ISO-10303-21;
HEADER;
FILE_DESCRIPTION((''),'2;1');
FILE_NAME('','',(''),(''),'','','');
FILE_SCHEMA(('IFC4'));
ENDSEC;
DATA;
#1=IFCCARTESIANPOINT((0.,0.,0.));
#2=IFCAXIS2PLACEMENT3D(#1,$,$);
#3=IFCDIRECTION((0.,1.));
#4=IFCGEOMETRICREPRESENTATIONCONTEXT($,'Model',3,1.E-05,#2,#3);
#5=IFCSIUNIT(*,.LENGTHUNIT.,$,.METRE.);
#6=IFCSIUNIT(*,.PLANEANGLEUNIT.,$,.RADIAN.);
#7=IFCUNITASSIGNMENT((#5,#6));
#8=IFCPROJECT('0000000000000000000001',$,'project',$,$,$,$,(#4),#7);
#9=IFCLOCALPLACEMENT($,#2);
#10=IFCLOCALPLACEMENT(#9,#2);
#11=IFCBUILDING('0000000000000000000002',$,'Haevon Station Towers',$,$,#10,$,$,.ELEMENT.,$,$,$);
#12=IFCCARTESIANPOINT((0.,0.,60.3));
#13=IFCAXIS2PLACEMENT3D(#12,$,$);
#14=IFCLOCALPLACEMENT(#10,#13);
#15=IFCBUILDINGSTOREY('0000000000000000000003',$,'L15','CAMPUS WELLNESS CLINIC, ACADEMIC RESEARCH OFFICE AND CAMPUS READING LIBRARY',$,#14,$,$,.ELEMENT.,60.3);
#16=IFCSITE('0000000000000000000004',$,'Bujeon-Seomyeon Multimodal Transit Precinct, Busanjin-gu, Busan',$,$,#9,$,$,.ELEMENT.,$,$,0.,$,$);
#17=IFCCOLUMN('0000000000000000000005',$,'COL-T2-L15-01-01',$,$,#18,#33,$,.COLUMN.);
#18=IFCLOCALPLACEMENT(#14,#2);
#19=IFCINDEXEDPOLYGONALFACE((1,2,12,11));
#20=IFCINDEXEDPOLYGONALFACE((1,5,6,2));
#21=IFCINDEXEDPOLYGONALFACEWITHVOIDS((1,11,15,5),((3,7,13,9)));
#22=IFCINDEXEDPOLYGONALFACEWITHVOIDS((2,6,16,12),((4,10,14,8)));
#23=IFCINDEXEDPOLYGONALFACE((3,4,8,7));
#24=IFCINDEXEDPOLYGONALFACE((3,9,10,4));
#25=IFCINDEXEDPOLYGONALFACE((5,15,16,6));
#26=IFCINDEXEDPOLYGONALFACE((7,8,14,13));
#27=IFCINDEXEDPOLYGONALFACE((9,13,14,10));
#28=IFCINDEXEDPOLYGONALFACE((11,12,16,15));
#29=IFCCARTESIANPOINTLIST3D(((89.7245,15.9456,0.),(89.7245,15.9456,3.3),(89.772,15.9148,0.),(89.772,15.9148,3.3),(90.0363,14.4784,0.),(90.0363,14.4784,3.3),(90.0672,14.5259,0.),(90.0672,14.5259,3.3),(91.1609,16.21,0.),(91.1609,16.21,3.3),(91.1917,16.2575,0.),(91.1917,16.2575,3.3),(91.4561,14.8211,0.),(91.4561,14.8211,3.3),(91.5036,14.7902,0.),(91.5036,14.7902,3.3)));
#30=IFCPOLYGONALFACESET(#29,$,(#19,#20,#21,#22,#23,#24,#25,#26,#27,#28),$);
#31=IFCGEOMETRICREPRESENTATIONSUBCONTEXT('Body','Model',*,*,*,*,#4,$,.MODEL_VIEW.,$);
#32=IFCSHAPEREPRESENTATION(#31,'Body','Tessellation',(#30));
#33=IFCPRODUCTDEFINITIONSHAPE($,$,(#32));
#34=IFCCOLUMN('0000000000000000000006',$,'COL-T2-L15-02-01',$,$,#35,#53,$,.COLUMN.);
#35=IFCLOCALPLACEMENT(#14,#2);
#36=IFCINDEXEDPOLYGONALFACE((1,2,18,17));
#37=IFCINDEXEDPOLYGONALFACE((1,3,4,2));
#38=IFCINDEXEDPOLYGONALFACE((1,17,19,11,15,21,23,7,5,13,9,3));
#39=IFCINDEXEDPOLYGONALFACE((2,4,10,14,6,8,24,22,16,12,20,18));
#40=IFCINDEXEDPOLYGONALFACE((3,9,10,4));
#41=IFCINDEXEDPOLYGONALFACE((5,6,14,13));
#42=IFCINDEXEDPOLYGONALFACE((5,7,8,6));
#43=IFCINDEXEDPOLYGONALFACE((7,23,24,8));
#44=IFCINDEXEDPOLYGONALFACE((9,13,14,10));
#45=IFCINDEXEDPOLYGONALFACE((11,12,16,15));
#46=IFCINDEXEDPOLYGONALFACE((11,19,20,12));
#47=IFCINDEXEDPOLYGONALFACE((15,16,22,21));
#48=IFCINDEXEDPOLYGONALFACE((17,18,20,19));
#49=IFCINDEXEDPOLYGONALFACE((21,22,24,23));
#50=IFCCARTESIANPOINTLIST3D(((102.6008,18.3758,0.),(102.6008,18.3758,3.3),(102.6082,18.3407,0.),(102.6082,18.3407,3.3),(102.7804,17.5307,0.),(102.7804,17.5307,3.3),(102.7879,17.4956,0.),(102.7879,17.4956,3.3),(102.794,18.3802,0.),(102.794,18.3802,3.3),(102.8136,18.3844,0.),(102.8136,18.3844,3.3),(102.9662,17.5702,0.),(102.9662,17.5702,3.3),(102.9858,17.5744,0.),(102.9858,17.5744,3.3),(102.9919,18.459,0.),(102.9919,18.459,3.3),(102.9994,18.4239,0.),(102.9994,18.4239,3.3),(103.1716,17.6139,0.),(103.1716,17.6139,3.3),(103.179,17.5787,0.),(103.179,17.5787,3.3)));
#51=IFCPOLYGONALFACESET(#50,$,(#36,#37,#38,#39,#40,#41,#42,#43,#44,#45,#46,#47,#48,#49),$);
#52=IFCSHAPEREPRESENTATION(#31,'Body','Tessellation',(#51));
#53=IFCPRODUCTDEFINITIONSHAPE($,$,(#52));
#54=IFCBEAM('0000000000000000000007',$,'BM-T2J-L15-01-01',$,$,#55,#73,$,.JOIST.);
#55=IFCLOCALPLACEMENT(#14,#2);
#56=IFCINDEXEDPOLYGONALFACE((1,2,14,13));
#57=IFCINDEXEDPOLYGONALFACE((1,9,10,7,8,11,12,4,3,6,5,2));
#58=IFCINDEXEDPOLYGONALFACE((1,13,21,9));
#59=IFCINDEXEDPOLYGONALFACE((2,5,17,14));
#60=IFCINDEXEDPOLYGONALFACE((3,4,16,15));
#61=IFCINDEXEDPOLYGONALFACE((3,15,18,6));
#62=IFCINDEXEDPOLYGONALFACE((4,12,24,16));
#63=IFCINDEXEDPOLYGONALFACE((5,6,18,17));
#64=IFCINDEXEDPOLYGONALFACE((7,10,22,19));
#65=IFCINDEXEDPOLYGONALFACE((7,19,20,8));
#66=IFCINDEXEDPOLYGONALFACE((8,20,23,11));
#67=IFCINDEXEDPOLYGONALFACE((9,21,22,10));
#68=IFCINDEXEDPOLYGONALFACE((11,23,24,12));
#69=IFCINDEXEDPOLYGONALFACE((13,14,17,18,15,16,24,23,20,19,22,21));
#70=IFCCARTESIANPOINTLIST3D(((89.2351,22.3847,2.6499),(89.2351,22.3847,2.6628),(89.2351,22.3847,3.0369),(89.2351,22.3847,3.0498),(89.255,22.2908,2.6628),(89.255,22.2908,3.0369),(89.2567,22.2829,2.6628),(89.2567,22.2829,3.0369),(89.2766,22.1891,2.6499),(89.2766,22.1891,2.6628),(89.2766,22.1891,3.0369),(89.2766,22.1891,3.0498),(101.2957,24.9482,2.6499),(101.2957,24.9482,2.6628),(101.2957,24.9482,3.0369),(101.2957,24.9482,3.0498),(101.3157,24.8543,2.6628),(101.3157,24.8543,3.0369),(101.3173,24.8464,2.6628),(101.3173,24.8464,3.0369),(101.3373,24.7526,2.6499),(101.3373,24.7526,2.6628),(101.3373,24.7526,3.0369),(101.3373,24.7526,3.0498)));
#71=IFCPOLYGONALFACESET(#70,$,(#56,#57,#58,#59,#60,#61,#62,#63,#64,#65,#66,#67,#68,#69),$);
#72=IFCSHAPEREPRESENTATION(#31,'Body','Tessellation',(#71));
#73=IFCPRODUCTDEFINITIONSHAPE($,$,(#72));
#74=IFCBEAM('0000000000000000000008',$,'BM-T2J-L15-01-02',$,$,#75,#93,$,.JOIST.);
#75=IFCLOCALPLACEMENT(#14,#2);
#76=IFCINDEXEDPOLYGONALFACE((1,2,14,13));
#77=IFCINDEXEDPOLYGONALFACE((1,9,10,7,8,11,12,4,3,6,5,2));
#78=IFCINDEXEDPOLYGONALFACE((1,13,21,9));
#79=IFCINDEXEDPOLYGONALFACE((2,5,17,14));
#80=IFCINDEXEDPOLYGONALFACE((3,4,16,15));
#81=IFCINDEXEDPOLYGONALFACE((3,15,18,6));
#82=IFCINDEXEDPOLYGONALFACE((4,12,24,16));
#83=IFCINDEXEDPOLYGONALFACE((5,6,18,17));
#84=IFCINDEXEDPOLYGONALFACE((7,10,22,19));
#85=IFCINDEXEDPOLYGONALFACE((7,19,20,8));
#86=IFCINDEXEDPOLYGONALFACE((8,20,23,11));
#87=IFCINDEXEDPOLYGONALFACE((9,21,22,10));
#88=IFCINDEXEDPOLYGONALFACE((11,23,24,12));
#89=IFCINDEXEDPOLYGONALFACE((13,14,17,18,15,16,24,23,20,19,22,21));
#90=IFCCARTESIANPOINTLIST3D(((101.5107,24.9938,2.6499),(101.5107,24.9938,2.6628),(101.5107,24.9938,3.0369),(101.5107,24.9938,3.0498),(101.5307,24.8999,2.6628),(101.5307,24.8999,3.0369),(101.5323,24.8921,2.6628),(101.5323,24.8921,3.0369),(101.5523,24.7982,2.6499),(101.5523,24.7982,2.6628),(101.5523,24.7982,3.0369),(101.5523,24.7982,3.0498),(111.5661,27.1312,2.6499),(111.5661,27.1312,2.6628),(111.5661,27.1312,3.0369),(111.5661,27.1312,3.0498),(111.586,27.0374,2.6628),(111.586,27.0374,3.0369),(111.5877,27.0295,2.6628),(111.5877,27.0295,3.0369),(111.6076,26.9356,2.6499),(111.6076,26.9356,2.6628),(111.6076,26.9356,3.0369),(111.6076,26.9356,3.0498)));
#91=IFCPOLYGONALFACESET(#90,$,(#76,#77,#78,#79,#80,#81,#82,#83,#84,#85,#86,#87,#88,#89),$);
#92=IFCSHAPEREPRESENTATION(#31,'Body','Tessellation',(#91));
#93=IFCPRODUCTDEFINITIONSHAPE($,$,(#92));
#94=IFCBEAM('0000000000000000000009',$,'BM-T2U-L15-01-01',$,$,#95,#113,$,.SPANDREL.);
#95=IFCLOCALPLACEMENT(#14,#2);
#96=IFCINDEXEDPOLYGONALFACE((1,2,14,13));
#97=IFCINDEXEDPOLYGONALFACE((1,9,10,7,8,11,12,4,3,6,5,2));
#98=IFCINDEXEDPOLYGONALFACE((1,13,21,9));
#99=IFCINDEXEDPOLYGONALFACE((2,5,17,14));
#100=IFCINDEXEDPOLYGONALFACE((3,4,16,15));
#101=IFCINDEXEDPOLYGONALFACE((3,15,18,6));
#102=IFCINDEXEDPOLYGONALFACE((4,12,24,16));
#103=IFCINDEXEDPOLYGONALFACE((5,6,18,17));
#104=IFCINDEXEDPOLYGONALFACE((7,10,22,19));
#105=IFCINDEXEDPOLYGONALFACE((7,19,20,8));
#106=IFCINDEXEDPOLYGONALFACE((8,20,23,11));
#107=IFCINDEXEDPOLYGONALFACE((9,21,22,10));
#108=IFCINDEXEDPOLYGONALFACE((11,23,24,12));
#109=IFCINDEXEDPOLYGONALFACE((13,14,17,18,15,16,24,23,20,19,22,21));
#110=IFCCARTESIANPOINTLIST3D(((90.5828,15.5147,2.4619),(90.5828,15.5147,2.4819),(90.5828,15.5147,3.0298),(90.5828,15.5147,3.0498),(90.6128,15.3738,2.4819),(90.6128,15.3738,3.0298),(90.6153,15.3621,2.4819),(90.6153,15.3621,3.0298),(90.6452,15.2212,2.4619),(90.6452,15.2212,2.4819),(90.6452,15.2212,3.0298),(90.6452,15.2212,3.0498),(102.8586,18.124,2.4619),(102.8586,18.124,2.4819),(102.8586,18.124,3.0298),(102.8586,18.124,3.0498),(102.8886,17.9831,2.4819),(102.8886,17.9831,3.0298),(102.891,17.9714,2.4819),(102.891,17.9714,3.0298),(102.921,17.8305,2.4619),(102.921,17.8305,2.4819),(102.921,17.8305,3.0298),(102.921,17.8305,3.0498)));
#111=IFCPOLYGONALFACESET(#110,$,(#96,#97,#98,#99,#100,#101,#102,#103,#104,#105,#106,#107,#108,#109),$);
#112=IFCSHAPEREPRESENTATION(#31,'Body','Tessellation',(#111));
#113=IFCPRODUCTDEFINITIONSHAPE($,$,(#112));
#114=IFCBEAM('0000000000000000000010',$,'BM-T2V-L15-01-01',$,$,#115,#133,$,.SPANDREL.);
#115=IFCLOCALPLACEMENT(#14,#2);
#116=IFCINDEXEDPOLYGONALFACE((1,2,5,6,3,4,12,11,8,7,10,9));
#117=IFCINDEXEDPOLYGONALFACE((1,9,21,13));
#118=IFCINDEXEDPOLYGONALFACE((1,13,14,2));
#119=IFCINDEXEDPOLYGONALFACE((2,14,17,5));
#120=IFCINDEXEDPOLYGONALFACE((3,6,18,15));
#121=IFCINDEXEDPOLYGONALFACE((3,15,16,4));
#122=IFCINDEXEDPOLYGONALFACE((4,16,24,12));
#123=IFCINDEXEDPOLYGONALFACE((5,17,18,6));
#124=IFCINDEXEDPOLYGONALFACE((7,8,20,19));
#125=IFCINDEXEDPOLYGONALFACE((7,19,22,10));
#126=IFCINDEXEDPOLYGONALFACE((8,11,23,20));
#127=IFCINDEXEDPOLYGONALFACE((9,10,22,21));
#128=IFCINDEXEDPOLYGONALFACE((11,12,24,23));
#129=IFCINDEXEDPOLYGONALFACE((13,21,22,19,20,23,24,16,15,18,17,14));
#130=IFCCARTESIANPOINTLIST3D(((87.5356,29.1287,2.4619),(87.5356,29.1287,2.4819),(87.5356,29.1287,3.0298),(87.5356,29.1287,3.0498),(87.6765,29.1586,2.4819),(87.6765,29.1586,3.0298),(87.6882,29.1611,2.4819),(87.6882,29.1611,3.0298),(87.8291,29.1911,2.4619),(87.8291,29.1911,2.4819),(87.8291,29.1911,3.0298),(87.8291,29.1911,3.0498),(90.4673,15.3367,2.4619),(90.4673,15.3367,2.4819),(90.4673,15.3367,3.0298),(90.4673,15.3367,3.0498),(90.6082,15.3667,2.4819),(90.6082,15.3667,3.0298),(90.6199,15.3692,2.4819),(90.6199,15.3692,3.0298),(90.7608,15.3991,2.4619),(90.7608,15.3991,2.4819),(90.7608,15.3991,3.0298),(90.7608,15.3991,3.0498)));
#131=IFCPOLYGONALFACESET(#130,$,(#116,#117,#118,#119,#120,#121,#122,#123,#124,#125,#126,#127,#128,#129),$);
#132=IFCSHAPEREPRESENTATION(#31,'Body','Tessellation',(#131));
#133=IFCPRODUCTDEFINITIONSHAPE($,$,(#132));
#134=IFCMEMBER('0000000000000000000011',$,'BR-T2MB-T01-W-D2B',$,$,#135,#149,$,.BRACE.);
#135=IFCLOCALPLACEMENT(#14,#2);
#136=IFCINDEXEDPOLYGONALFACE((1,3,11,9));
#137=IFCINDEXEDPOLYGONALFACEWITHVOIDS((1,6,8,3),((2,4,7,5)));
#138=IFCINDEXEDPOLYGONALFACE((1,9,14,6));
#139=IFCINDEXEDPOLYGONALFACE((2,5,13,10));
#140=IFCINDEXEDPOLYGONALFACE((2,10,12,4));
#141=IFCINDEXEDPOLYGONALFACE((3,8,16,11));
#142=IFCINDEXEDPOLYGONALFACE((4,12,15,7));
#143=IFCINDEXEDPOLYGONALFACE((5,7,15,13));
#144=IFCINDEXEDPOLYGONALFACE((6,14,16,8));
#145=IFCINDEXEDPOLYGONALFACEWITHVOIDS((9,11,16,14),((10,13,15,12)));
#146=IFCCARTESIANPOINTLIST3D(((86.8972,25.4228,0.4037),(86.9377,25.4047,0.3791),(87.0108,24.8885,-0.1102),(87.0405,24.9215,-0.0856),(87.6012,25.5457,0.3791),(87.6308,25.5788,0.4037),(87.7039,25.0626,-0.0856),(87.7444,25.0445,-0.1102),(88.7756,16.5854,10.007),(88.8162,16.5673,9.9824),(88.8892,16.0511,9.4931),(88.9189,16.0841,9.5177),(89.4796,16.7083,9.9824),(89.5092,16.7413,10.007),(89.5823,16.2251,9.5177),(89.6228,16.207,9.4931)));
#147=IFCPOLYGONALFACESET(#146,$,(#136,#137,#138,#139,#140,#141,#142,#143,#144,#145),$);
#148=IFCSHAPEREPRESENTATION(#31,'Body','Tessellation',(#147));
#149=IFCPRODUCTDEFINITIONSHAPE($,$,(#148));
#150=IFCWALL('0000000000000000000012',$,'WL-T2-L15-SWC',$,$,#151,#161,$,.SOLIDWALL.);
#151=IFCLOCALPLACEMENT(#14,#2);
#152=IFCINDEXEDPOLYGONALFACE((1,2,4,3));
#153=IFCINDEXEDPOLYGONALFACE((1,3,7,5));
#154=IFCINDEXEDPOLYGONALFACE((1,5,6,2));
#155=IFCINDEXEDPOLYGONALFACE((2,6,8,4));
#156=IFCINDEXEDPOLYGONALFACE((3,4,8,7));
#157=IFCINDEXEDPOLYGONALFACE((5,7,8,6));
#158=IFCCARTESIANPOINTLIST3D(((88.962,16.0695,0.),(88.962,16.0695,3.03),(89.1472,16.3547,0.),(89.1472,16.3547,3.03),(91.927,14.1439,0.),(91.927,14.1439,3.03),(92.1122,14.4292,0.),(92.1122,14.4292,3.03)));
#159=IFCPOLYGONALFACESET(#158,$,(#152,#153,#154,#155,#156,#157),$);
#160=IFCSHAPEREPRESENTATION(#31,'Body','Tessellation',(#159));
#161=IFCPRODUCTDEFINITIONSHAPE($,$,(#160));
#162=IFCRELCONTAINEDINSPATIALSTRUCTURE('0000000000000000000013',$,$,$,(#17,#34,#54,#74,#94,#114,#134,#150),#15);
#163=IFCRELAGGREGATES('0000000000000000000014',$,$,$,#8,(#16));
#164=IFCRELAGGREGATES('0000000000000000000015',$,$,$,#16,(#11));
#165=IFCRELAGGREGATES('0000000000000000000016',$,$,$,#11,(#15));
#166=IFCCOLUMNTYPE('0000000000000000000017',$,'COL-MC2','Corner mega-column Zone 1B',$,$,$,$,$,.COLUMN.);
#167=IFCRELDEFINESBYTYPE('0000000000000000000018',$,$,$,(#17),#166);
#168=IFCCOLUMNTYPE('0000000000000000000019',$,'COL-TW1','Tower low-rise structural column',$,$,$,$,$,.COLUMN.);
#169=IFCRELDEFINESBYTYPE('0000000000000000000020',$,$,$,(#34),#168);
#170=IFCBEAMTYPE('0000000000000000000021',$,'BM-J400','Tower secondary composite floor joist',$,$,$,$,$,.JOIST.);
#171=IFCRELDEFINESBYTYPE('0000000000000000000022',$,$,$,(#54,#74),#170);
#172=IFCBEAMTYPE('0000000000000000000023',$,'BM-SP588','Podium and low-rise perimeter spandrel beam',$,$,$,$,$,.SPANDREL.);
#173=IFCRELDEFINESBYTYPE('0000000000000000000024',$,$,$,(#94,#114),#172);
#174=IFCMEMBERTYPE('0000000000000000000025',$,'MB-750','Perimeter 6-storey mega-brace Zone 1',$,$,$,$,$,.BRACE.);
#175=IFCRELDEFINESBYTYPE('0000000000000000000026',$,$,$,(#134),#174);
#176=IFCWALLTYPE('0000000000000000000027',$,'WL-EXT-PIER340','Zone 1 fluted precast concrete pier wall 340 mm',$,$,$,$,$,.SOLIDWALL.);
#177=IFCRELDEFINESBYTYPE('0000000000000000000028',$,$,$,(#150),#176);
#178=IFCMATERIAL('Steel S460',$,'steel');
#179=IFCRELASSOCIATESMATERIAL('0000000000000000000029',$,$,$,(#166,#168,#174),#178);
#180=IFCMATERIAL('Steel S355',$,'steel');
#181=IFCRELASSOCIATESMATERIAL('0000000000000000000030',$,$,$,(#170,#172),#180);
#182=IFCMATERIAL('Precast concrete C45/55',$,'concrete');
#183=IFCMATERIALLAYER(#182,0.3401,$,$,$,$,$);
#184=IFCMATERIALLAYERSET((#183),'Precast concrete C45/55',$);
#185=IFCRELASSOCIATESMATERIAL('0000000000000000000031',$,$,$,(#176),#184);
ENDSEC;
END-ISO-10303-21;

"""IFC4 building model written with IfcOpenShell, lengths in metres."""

from ifc_helpers import new_model, si_unit, direction, frame, frame_2d, origin, origin_2d, place, context, subcontext, project, spatial, rectangle, hollow_rectangle, i_section, extrude, material, layer, layer_set, material_profile, profile_set, type_object, element, save


model = new_model("IFC4")

# Units and contexts
model_context = context("Model", 3, precision=1e-05, world=origin(), true_north=direction((0.0, 1.0)))
body_context = subcontext(model_context, "Body", "Model", "MODEL_VIEW")
ifc_project = project(units=[si_unit("LENGTHUNIT", "METRE"), si_unit("PLANEANGLEUNIT", "RADIAN")], contexts=[model_context])

# Site, building, storey
site_placement = place(None, origin())
site = spatial("IfcSite", under=ifc_project, at=site_placement, Name="Bujeon-Seomyeon Multimodal Transit Precinct, Busanjin-gu, Busan", CompositionType="ELEMENT", RefElevation=0.0)
building_placement = place(site_placement, origin())
building = spatial("IfcBuilding", under=site, at=building_placement, Name="Haevon Station Towers", CompositionType="ELEMENT")
storey_placement = place(building_placement, frame((0.0, 0.0, 60.3)))
storey = spatial("IfcBuildingStorey", under=building, at=storey_placement, Name="L15", Description="CAMPUS WELLNESS CLINIC, ACADEMIC RESEARCH OFFICE AND CAMPUS READING LIBRARY", CompositionType="ELEMENT", Elevation=60.3)

# Columns
ifc_material_1 = material(Name="Steel S460", Category="steel")
ifc_material_profile_1 = material_profile(ifc_material_1, hollow_rectangle(XDim=1.5, YDim=1.5, WallThickness=0.04, at=origin_2d()), Name="BOX-1500x1500x40")
ifc_profile_set_1 = profile_set([ifc_material_profile_1], Name="Steel S460")
column_type_1 = type_object("IfcColumnType", Name="COL-MC2", Description="Corner mega-column Zone 1B", PredefinedType="COLUMN", material=ifc_profile_set_1)
column_1_placement = place(storey_placement, frame((90.614, 15.3679, 0.0), z_axis=(0.0, 0.0, 1.0), x_axis=(0.978148, 0.207912, 0.0)))
element("IfcColumn", 1, at=column_1_placement, inside=storey, type_object=column_type_1, Name="COL-T2-L15-01-01", PredefinedType="COLUMN", context=body_context, shape_type="SweptSolid", body=[
    extrude(hollow_rectangle(XDim=1.5, YDim=1.5, WallThickness=0.04, at=origin_2d()), origin(), (0.0, 0.0, 1.0), 3.3),
])
ifc_material_profile_2 = material_profile(ifc_material_1, i_section(OverallWidth=0.3999, OverallDepth=0.8999, WebThickness=0.02, FlangeThickness=0.0359, at=origin_2d()), Name="H-900x400x20x36")
ifc_profile_set_2 = profile_set([ifc_material_profile_2], Name="Steel S460")
column_type_2 = type_object("IfcColumnType", Name="COL-TW1", Description="Tower low-rise structural column", PredefinedType="COLUMN", material=ifc_profile_set_2)
column_2_placement = place(storey_placement, frame((102.8899, 17.9773, 0.0), z_axis=(0.0, 0.0, 1.0), x_axis=(0.978148, 0.207912, 0.0)))
element("IfcColumn", 2, at=column_2_placement, inside=storey, type_object=column_type_2, Name="COL-T2-L15-02-01", PredefinedType="COLUMN", context=body_context, shape_type="SweptSolid", body=[
    extrude(i_section(OverallWidth=0.3999, OverallDepth=0.8999, WebThickness=0.02, FlangeThickness=0.0359, at=origin_2d()), origin(), (0.0, 0.0, 1.0), 3.3),
])

# Beams
ifc_material_2 = material(Name="Steel S355", Category="steel")
ifc_material_profile_3 = material_profile(ifc_material_2, i_section(OverallWidth=0.2, OverallDepth=0.3999, WebThickness=0.0081, FlangeThickness=0.0129, at=origin_2d()), Name="H-400x200x8x13")
ifc_profile_set_3 = profile_set([ifc_material_profile_3], Name="Steel S355")
beam_type_1 = type_object("IfcBeamType", Name="BM-J400", Description="Tower secondary composite floor joist", PredefinedType="JOIST", material=ifc_profile_set_3)
beam_1_placement = place(storey_placement, frame((89.2559, 22.2869, 2.8499), z_axis=(0.978149, 0.207906, 0.0), x_axis=(-0.207906, 0.978149, 0.0)))
element("IfcBeam", 3, at=beam_1_placement, inside=storey, type_object=beam_type_1, Name="BM-T2J-L15-01-01", PredefinedType="JOIST", context=body_context, shape_type="SweptSolid", body=[
    extrude(i_section(OverallWidth=0.2, OverallDepth=0.3999, WebThickness=0.0081, FlangeThickness=0.0129, at=origin_2d()), origin(), (0.0, 0.0, 1.0), 12.3301),
])
beam_2_placement = place(storey_placement, frame((101.5315, 24.896, 2.8499), z_axis=(0.978146, 0.207922, 0.0), x_axis=(-0.207922, 0.978146, 0.0)))
element("IfcBeam", 4, at=beam_2_placement, inside=storey, type_object=beam_type_1, Name="BM-T2J-L15-01-02", PredefinedType="JOIST", context=body_context, shape_type="SweptSolid", body=[
    extrude(i_section(OverallWidth=0.2, OverallDepth=0.3999, WebThickness=0.0081, FlangeThickness=0.0129, at=origin_2d()), origin(), (0.0, 0.0, 1.0), 10.28),
])
ifc_material_profile_4 = material_profile(ifc_material_2, i_section(OverallWidth=0.3, OverallDepth=0.5879, WebThickness=0.012, FlangeThickness=0.02, at=origin_2d()), Name="H-588x300x12x20")
ifc_profile_set_4 = profile_set([ifc_material_profile_4], Name="Steel S355")
beam_type_2 = type_object("IfcBeamType", Name="BM-SP588", Description="Podium and low-rise perimeter spandrel beam", PredefinedType="SPANDREL", material=ifc_profile_set_4)
beam_3_placement = place(storey_placement, frame((90.614, 15.3679, 2.7559), z_axis=(0.978147, 0.207916, 0.0), x_axis=(-0.207916, 0.978147, 0.0)))
element("IfcBeam", 5, at=beam_3_placement, inside=storey, type_object=beam_type_2, Name="BM-T2U-L15-01-01", PredefinedType="SPANDREL", context=body_context, shape_type="SweptSolid", body=[
    extrude(i_section(OverallWidth=0.3, OverallDepth=0.5879, WebThickness=0.012, FlangeThickness=0.02, at=origin_2d()), origin(), (0.0, 0.0, 1.0), 12.55),
])
beam_4_placement = place(storey_placement, frame((90.614, 15.3679, 2.7559), z_axis=(-0.207916, 0.978147, 0.0), x_axis=(-0.978147, -0.207916, 0.0)))
element("IfcBeam", 6, at=beam_4_placement, inside=storey, type_object=beam_type_2, Name="BM-T2V-L15-01-01", PredefinedType="SPANDREL", context=body_context, shape_type="SweptSolid", body=[
    extrude(i_section(OverallWidth=0.3, OverallDepth=0.5879, WebThickness=0.012, FlangeThickness=0.02, at=origin_2d()), origin(), (0.0, 0.0, 1.0), 14.1001),
])

# Member
ifc_material_profile_5 = material_profile(ifc_material_1, hollow_rectangle(XDim=0.75, YDim=0.75, WallThickness=0.0359, at=origin_2d()), Name="RHS-750x750x36")
ifc_profile_set_5 = profile_set([ifc_material_profile_5], Name="Steel S460")
member_type = type_object("IfcMemberType", Name="MB-750", Description="Perimeter 6-storey mega-brace Zone 1", PredefinedType="BRACE", material=ifc_profile_set_5)
member_placement = place(storey_placement, frame((87.3208, 25.2336, 0.1467), z_axis=(0.142464, -0.670249, 0.728334), x_axis=(0.978148, 0.207909, 0.0)))
element("IfcMember", 7, at=member_placement, inside=storey, type_object=member_type, Name="BR-T2MB-T01-W-D2B", PredefinedType="BRACE", context=body_context, shape_type="SweptSolid", body=[
    extrude(hollow_rectangle(XDim=0.75, YDim=0.75, WallThickness=0.0359, at=origin_2d()), origin(), (0.0, 0.0, 1.0), 13.1853),
])

# Wall
ifc_material_3 = material(Name="Precast concrete C45/55", Category="concrete")
ifc_layer_1 = layer(ifc_material_3, 0.3401)
ifc_layer_set_1 = layer_set([ifc_layer_1], Name="Precast concrete C45/55")
wall_type_1 = type_object("IfcWallType", Name="WL-EXT-PIER340", Description="Zone 1 fluted precast concrete pier wall 340 mm", PredefinedType="SOLIDWALL", material=ifc_layer_set_1)
wall_1_placement = place(storey_placement, frame((92.0195, 14.2866, 0.0), z_axis=(0.0, 0.0, 1.0), x_axis=(-0.838672, 0.544636, 0.0)))
element("IfcWall", 8, at=wall_1_placement, inside=storey, type_object=wall_type_1, Name="WL-T2-L15-SWC", PredefinedType="SOLIDWALL", context=body_context, shape_type="SweptSolid", body=[
    extrude(rectangle(XDim=3.5354, YDim=0.3401, at=frame_2d((1.7676, 0.0))), origin(), (0.0, 0.0, 1.0), 3.03),
])

save(model, "model.ifc")
